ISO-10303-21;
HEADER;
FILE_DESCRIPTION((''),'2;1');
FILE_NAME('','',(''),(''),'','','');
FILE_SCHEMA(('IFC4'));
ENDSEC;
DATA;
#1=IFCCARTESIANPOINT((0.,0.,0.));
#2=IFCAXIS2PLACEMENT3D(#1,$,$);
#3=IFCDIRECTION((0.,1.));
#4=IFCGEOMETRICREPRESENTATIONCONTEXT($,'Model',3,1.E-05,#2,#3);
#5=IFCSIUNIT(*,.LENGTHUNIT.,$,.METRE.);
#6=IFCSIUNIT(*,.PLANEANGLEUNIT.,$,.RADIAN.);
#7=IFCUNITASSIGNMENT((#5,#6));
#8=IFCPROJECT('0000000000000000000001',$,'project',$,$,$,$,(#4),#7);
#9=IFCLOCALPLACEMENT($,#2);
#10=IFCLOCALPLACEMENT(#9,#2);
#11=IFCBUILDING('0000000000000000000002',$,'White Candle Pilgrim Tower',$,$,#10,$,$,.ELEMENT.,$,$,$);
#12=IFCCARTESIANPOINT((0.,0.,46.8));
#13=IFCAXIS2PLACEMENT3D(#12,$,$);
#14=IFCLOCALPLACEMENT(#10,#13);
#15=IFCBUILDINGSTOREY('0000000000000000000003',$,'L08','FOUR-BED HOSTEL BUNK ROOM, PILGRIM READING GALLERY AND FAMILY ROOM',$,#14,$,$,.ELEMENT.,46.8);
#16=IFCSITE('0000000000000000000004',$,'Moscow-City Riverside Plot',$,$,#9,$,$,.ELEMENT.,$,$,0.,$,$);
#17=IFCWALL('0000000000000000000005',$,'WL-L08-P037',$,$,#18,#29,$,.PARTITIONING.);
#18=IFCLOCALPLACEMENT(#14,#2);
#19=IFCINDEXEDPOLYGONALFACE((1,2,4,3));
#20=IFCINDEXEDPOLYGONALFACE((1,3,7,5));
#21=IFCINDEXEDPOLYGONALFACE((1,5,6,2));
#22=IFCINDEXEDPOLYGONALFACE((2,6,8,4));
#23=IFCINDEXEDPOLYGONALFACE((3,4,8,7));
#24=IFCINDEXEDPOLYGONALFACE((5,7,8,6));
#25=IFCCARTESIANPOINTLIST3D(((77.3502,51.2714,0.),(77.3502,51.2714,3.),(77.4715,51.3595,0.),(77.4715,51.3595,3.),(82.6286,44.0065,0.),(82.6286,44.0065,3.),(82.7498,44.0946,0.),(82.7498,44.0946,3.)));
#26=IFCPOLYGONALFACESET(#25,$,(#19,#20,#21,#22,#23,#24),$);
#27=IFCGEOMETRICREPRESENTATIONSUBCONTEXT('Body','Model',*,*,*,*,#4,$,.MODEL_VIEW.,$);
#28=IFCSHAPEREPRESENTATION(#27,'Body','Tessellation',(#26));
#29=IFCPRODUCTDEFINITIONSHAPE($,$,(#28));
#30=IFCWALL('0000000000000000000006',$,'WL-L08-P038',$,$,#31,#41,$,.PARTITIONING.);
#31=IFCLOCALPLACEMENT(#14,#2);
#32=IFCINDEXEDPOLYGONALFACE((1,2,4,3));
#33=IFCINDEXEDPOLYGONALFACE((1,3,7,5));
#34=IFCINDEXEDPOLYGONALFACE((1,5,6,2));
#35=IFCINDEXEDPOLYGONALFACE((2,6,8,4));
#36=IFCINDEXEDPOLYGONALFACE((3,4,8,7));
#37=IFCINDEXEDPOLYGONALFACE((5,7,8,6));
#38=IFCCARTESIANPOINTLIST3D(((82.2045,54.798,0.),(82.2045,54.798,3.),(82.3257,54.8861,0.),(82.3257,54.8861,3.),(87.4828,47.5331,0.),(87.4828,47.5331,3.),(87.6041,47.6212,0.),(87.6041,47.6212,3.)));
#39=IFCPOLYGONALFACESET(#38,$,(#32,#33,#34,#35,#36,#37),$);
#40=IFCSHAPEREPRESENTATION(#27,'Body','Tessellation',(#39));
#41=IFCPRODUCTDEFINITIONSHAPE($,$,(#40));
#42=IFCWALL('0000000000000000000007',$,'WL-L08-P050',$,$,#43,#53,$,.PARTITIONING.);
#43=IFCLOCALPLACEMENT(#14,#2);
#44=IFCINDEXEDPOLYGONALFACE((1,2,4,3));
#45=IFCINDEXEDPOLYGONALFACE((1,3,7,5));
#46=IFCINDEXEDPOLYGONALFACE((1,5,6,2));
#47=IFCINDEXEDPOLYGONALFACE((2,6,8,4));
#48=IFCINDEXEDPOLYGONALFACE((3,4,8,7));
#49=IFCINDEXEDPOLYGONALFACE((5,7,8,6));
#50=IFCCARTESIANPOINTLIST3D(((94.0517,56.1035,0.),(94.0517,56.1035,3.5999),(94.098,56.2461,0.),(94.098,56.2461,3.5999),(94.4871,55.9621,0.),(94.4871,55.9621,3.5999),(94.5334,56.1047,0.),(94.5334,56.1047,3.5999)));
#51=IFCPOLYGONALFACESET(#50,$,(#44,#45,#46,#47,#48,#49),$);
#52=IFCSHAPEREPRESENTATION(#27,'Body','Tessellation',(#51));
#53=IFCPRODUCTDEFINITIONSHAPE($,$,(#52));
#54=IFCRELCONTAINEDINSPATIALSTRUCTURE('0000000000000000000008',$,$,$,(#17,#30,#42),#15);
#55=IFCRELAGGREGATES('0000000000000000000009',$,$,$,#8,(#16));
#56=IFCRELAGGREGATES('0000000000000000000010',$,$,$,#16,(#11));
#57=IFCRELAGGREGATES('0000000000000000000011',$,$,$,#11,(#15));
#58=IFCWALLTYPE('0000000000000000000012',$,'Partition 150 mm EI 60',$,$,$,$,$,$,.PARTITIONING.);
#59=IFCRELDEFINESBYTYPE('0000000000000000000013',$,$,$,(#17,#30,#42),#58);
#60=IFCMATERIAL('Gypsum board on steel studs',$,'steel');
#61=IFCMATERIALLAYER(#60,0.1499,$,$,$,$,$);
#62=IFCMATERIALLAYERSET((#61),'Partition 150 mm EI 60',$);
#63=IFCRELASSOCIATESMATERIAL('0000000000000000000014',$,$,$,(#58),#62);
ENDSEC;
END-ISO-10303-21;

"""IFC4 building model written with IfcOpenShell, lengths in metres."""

from ifc_helpers import new_model, si_unit, direction, frame, frame_2d, origin, place, context, subcontext, project, spatial, rectangle, extrude, material, layer, layer_set, type_object, element, save


model = new_model("IFC4")

# Units and contexts
model_context = context("Model", 3, precision=1e-05, world=origin(), true_north=direction((0.0, 1.0)))
body_context = subcontext(model_context, "Body", "Model", "MODEL_VIEW")
ifc_project = project(units=[si_unit("LENGTHUNIT", "METRE"), si_unit("PLANEANGLEUNIT", "RADIAN")], contexts=[model_context])

# Site, building, storey
site_placement = place(None, origin())
site = spatial("IfcSite", under=ifc_project, at=site_placement, Name="Moscow-City Riverside Plot", CompositionType="ELEMENT", RefElevation=0.0)
building_placement = place(site_placement, origin())
building = spatial("IfcBuilding", under=site, at=building_placement, Name="White Candle Pilgrim Tower", CompositionType="ELEMENT")
storey_placement = place(building_placement, frame((0.0, 0.0, 46.8)))
storey = spatial("IfcBuildingStorey", under=building, at=storey_placement, Name="L08", Description="FOUR-BED HOSTEL BUNK ROOM, PILGRIM READING GALLERY AND FAMILY ROOM", CompositionType="ELEMENT", Elevation=46.8)

# Shared definitions
ifc_material_1 = material(Name="Gypsum board on steel studs", Category="steel")

# Walls
ifc_layer_1 = layer(ifc_material_1, 0.1499)
ifc_layer_set_1 = layer_set([ifc_layer_1], Name="Partition 150 mm EI 60")
wall_type_1 = type_object("IfcWallType", Name="Partition 150 mm EI 60", PredefinedType="PARTITIONING", material=ifc_layer_set_1)
for number, where, z_axis, x_axis, name in (
    (1, (82.6892, 44.0505, 0.0), (0.0, 0.0, 1.0), (-0.58779, 0.809013, 0.0), "WL-L08-P037"),
    (2, (87.5435, 47.5771, 0.0), (0.0, 0.0, 1.0), (-0.58779, 0.809013, 0.0), "WL-L08-P038"),
):
    element("IfcWall", number, at=place(storey_placement, frame(where, z_axis=z_axis, x_axis=x_axis)), inside=storey, type_object=wall_type_1, Name=name, PredefinedType="PARTITIONING", context=body_context, shape_type="SweptSolid", body=[
        extrude(rectangle(XDim=8.98, YDim=0.1499, at=frame_2d((4.49, 0.0))), origin(), (0.0, 0.0, 1.0), 3.0),
    ])
wall_1_placement = place(storey_placement, frame((94.0747, 56.1748, 0.0), z_axis=(0.0, 0.0, 1.0), x_axis=(0.951109, -0.308857, 0.0)))
element("IfcWall", 3, at=wall_1_placement, inside=storey, type_object=wall_type_1, Name="WL-L08-P050", PredefinedType="PARTITIONING", context=body_context, shape_type="SweptSolid", body=[
    extrude(rectangle(XDim=0.4578, YDim=0.1499, at=frame_2d((0.229, 0.0))), origin(), (0.0, 0.0, 1.0), 3.5999),
])

save(model, "model.ifc")
